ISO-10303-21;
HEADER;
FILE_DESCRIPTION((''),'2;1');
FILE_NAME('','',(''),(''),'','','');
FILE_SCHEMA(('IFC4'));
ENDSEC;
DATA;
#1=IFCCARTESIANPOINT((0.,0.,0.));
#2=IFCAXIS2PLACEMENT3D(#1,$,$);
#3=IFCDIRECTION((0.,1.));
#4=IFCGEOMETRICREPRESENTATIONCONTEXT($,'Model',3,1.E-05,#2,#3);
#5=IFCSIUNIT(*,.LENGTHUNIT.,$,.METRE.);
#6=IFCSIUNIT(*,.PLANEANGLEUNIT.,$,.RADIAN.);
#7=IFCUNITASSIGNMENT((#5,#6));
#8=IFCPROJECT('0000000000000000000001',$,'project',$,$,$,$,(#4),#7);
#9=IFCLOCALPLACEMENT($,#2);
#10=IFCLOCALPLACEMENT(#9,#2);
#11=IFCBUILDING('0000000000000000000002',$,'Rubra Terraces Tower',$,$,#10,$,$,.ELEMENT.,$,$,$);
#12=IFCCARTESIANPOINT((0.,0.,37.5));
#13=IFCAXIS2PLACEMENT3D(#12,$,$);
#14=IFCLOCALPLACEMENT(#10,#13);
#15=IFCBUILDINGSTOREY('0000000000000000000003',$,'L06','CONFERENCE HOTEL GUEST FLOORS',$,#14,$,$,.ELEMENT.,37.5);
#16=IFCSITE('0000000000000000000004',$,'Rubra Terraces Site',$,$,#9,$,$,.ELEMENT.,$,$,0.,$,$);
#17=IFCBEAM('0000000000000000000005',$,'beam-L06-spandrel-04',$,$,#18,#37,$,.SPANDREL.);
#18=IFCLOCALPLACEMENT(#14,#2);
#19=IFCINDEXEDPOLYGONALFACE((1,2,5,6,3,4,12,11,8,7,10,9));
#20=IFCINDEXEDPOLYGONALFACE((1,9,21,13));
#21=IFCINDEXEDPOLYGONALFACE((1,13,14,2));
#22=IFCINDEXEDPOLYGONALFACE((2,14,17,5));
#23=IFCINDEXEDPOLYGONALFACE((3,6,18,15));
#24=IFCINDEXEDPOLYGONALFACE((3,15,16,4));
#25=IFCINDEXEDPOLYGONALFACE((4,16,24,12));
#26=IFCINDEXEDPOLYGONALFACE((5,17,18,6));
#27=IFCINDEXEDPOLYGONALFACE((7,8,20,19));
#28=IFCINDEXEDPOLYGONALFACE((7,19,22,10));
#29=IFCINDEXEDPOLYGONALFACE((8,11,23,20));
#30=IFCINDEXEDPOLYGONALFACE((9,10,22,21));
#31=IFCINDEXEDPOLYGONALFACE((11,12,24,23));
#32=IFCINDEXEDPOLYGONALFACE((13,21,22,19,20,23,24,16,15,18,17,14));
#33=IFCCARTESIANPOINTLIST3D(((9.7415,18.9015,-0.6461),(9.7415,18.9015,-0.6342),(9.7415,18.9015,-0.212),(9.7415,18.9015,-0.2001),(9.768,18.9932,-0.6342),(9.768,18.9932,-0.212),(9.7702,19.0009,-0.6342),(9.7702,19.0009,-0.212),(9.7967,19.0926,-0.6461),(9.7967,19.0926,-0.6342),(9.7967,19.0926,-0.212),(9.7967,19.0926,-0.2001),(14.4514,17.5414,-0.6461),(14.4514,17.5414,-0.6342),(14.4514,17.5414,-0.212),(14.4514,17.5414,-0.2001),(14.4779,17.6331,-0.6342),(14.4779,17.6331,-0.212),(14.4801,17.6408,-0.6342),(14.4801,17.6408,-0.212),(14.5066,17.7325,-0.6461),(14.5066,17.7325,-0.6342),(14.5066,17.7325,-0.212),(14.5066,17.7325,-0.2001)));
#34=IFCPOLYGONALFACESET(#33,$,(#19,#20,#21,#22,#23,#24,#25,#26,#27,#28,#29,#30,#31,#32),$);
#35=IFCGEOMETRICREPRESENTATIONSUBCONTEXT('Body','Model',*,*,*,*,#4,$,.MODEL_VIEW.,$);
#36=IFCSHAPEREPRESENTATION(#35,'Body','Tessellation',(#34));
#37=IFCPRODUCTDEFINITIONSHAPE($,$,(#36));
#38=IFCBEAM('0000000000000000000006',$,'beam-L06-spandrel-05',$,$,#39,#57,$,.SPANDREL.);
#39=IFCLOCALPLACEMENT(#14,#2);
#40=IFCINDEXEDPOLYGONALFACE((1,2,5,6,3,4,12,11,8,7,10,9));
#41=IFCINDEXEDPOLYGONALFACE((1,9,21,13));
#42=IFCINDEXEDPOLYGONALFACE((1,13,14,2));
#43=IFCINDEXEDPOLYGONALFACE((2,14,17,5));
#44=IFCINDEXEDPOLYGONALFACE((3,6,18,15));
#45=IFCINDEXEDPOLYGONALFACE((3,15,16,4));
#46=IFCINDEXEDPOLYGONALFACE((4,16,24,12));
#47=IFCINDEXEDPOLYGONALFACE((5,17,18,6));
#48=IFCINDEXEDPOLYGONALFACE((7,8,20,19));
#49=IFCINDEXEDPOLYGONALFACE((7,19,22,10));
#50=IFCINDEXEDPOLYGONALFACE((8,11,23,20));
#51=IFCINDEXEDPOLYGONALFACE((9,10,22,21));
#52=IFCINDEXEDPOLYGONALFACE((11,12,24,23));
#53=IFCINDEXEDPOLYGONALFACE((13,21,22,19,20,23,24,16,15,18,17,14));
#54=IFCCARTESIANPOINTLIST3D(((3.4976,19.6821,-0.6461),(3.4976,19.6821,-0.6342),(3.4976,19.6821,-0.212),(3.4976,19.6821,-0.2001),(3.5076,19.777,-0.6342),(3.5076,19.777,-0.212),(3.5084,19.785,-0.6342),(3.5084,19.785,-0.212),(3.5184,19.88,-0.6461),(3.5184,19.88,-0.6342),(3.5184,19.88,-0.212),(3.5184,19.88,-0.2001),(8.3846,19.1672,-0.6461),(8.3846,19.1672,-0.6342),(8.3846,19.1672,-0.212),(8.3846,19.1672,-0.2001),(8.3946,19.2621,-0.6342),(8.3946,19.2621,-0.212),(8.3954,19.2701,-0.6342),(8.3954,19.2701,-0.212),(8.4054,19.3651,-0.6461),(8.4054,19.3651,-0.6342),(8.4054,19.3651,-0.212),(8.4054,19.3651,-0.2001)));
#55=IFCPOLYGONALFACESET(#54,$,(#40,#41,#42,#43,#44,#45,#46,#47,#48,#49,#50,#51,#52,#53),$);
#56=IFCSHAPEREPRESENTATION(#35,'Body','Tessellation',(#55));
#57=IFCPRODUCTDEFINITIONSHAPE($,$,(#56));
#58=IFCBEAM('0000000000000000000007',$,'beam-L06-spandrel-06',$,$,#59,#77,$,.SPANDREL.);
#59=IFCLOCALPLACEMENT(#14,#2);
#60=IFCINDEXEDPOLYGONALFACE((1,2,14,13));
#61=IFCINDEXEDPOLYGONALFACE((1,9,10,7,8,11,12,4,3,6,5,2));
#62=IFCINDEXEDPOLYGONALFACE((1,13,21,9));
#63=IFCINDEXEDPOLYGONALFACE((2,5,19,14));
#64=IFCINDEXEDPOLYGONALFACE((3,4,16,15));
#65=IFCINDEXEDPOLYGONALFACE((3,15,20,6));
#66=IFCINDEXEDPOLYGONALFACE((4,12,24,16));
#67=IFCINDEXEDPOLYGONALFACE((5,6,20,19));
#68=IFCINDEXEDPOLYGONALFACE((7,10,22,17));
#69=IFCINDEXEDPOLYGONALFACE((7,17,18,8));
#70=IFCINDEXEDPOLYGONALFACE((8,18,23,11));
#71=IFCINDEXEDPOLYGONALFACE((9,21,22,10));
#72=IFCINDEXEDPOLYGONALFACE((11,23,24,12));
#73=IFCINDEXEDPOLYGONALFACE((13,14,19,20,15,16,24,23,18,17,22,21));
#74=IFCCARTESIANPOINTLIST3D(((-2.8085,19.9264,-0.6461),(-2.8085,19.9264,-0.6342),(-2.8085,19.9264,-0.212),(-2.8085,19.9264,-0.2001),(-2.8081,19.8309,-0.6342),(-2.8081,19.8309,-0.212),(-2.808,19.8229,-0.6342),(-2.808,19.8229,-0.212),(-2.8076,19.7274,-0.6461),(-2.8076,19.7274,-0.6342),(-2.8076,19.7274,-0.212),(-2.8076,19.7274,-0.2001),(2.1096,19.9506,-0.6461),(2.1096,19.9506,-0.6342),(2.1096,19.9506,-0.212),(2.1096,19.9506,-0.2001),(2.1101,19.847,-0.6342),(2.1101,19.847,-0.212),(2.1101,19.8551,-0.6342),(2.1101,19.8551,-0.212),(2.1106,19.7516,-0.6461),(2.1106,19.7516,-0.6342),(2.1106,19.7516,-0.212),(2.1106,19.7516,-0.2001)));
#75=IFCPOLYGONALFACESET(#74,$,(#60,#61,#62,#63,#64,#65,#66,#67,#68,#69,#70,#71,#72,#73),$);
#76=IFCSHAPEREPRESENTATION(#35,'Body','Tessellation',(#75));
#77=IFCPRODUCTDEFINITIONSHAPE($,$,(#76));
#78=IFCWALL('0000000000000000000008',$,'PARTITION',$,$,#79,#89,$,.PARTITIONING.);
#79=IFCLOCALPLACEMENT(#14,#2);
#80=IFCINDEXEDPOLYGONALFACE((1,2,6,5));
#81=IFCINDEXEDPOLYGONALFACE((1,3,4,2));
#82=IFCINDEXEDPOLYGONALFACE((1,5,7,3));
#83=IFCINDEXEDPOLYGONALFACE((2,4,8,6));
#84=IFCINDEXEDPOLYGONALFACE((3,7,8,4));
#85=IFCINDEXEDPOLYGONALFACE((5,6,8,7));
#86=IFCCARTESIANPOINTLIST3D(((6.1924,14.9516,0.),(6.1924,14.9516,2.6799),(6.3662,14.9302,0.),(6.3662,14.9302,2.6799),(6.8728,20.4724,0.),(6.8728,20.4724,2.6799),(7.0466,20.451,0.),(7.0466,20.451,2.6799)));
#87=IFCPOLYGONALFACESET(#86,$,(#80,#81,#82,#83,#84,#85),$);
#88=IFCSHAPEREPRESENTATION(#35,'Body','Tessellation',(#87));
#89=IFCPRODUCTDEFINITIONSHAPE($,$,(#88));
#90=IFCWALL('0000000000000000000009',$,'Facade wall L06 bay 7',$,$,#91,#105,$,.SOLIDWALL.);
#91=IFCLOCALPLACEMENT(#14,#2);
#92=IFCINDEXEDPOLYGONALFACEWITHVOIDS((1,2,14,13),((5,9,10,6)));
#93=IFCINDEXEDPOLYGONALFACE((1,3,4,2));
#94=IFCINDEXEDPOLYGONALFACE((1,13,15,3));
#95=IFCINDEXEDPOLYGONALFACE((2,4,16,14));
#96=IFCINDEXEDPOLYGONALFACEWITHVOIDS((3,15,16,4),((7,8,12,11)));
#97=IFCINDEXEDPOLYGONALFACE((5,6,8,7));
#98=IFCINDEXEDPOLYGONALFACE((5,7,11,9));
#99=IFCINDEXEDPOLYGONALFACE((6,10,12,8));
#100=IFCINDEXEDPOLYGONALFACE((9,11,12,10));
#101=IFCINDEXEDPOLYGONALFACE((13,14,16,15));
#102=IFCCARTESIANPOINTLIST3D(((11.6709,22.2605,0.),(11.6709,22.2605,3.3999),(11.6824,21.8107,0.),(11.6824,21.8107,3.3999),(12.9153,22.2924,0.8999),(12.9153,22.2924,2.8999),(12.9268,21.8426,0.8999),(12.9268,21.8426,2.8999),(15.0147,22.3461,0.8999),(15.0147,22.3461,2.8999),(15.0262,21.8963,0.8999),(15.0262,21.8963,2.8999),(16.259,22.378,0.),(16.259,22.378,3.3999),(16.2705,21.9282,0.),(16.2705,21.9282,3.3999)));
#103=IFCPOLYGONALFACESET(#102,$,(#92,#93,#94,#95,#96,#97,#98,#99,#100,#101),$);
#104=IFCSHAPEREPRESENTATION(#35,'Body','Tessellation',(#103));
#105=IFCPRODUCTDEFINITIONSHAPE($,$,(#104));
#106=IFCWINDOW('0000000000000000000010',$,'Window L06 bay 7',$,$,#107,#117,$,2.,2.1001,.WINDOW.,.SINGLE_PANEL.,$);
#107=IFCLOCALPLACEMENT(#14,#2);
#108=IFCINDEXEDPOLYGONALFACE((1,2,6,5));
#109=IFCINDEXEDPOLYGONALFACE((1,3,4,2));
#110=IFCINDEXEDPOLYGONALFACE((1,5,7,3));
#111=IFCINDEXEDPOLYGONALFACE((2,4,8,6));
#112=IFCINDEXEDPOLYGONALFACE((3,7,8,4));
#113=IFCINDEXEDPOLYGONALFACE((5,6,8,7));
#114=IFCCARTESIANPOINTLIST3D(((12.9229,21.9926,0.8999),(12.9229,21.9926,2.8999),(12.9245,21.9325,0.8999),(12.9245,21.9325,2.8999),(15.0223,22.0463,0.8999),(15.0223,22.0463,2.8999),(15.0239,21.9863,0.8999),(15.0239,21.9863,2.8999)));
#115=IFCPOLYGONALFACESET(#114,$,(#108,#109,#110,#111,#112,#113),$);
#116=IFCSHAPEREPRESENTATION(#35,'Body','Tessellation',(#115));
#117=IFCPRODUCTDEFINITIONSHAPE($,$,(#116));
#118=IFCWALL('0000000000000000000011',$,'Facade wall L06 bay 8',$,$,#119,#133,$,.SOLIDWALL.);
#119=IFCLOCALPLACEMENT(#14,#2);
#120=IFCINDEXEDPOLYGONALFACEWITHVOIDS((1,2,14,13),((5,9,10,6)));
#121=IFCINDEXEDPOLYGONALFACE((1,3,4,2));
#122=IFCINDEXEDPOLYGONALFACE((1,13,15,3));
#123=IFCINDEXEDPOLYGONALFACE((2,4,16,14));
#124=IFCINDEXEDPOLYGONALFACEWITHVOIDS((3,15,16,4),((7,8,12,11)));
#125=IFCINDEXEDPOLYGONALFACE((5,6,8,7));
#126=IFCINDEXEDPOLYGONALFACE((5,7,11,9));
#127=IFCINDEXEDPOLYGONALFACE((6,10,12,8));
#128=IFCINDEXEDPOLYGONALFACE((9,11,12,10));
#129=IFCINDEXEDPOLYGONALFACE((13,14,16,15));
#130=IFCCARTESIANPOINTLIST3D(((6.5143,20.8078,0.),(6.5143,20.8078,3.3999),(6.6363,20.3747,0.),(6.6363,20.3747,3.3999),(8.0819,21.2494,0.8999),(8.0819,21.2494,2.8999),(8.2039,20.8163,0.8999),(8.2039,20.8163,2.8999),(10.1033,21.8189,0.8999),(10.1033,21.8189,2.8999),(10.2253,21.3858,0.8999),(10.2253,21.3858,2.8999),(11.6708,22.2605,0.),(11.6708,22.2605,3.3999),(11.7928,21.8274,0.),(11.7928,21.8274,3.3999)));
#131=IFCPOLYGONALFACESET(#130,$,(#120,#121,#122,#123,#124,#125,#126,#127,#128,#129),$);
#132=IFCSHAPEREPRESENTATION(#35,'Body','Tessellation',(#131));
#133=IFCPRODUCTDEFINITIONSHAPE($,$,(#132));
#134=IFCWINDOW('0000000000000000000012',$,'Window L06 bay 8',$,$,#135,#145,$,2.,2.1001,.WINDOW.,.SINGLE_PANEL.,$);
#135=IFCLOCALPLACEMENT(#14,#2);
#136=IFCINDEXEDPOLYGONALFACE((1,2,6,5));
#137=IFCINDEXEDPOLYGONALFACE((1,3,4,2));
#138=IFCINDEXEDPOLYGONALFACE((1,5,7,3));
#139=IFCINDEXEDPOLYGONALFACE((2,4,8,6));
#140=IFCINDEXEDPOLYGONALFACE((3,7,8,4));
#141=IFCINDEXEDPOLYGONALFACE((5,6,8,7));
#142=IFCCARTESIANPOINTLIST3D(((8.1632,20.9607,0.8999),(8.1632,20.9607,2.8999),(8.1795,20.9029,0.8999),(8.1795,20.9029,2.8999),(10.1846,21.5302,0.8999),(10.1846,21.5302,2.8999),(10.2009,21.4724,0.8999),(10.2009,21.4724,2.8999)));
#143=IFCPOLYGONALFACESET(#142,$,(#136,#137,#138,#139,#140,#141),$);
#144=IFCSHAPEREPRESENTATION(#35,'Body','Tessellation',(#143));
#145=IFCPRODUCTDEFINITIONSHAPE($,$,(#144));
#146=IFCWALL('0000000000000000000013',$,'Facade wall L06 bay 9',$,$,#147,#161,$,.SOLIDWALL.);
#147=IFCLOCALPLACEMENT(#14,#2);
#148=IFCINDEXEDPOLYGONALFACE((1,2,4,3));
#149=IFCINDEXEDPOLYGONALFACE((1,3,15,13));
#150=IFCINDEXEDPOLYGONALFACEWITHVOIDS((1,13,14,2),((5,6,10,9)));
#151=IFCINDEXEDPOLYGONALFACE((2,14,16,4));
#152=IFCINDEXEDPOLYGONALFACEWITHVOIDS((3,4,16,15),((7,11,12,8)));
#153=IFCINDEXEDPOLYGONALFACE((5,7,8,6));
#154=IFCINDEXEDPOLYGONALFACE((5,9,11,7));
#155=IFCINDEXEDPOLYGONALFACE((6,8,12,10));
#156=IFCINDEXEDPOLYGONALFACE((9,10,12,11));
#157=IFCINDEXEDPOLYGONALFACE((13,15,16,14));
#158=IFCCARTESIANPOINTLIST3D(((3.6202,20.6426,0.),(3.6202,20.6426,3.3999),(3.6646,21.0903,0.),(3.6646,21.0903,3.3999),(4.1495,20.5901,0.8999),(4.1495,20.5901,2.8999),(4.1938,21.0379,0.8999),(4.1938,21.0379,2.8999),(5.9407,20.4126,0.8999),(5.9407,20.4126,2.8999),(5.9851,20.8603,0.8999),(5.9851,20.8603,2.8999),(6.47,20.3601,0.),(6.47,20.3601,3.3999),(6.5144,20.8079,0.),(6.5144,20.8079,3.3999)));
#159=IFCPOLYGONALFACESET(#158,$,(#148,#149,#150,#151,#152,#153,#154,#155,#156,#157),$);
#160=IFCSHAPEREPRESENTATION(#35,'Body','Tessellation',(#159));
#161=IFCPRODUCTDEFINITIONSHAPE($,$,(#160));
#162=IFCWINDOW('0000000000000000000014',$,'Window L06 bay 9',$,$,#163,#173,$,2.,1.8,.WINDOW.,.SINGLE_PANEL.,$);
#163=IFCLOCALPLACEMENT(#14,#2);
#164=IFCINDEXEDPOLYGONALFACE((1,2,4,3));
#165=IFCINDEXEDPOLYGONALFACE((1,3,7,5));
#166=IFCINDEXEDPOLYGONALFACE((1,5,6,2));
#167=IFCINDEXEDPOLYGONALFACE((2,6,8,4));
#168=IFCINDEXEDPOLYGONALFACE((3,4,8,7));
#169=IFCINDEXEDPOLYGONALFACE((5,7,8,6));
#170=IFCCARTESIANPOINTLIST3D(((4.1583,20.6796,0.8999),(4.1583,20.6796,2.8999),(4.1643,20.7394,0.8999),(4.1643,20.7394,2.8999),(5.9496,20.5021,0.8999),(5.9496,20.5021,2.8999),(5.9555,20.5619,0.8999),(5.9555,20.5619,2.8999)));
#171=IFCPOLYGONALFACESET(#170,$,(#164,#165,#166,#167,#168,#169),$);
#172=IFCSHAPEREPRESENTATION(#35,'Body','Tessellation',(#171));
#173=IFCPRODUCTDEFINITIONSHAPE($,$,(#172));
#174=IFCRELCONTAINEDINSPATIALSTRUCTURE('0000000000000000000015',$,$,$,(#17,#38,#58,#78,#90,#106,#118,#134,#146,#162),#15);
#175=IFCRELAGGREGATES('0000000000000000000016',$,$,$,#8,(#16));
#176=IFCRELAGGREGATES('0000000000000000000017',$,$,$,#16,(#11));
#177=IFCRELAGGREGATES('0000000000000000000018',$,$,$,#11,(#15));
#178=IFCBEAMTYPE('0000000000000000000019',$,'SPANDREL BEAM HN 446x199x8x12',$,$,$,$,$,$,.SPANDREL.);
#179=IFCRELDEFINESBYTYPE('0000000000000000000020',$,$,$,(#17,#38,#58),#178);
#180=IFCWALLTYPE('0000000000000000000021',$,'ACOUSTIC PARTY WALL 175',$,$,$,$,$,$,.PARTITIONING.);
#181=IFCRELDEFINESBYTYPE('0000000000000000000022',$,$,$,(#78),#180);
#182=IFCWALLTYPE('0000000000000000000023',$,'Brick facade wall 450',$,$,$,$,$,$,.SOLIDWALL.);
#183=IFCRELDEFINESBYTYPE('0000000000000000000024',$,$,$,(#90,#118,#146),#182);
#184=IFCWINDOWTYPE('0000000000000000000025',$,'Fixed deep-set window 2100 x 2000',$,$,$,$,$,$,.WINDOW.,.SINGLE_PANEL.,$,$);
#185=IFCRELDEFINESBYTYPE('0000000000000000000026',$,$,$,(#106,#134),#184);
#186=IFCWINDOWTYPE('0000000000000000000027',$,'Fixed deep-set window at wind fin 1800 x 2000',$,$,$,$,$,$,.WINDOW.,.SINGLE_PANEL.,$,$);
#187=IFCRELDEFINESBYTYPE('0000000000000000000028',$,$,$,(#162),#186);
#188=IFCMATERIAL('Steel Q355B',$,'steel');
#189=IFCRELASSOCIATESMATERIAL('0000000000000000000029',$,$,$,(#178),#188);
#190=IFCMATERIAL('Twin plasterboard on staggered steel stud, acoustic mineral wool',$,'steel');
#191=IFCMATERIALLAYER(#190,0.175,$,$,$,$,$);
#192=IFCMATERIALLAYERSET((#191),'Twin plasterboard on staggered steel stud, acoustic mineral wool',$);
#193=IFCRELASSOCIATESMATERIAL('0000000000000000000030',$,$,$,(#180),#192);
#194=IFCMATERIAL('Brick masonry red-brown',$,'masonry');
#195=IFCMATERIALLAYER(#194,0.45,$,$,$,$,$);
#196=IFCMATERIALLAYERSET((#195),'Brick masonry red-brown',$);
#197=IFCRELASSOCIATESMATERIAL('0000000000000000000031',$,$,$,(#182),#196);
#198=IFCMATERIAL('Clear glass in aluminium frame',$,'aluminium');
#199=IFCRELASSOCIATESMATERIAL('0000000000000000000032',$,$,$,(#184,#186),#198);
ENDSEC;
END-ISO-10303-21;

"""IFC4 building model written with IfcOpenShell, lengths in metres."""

from ifc_helpers import new_model, si_unit, direction, frame, frame_2d, origin, origin_2d, place, context, subcontext, project, spatial, rectangle, i_section, extrude, material, layer, layer_set, material_profile, profile_set, type_object, element, fill, save


model = new_model("IFC4")

# Units and contexts
model_context = context("Model", 3, precision=1e-05, world=origin(), true_north=direction((0.0, 1.0)))
body_context = subcontext(model_context, "Body", "Model", "MODEL_VIEW")
ifc_project = project(units=[si_unit("LENGTHUNIT", "METRE"), si_unit("PLANEANGLEUNIT", "RADIAN")], contexts=[model_context])

# Site, building, storey
site_placement = place(None, origin())
site = spatial("IfcSite", under=ifc_project, at=site_placement, Name="Rubra Terraces Site", CompositionType="ELEMENT", RefElevation=0.0)
building_placement = place(site_placement, origin())
building = spatial("IfcBuilding", under=site, at=building_placement, Name="Rubra Terraces Tower", CompositionType="ELEMENT")
storey_placement = place(building_placement, frame((0.0, 0.0, 37.5)))
storey = spatial("IfcBuildingStorey", under=building, at=storey_placement, Name="L06", Description="CONFERENCE HOTEL GUEST FLOORS", CompositionType="ELEMENT", Elevation=37.5)

# Beams
ifc_material_1 = material(Name="Steel Q355B", Category="steel")
ifc_material_profile_1 = material_profile(ifc_material_1, i_section(OverallWidth=0.199, OverallDepth=0.446, WebThickness=0.0081, FlangeThickness=0.012, at=origin_2d()), Name="HN 446x199x8x12")
ifc_profile_set_1 = profile_set([ifc_material_profile_1], Name="Steel Q355B")
beam_type_1 = type_object("IfcBeamType", Name="SPANDREL BEAM HN 446x199x8x12", PredefinedType="SPANDREL", material=ifc_profile_set_1)
beam_1_placement = place(storey_placement, frame((14.479, 17.637, -0.4231), z_axis=(-0.960744, 0.277436, 0.0), x_axis=(-0.277436, -0.960744, 0.0)))
element("IfcBeam", 1, at=beam_1_placement, inside=storey, type_object=beam_type_1, Name="beam-L06-spandrel-04", PredefinedType="SPANDREL", context=body_context, shape_type="SweptSolid", body=[
    extrude(i_section(OverallWidth=0.199, OverallDepth=0.446, WebThickness=0.0081, FlangeThickness=0.012, at=origin_2d()), origin(), (0.0, 0.0, 1.0), 4.9023),
])
beam_2_placement = place(storey_placement, frame((8.395, 19.2661, -0.4231), z_axis=(-0.994495, 0.10478, 0.0), x_axis=(-0.10478, -0.994495, 0.0)))
element("IfcBeam", 2, at=beam_2_placement, inside=storey, type_object=beam_type_1, Name="beam-L06-spandrel-05", PredefinedType="SPANDREL", context=body_context, shape_type="SweptSolid", body=[
    extrude(i_section(OverallWidth=0.199, OverallDepth=0.446, WebThickness=0.0081, FlangeThickness=0.012, at=origin_2d()), origin(), (0.0, 0.0, 1.0), 4.9141),
])
beam_3_placement = place(storey_placement, frame((2.1101, 19.8511, -0.4231), z_axis=(-0.999988, -0.004914, 0.0), x_axis=(0.004914, -0.999988, 0.0)))
element("IfcBeam", 3, at=beam_3_placement, inside=storey, type_object=beam_type_1, Name="beam-L06-spandrel-06", PredefinedType="SPANDREL", context=body_context, shape_type="SweptSolid", body=[
    extrude(i_section(OverallWidth=0.199, OverallDepth=0.446, WebThickness=0.0081, FlangeThickness=0.012, at=origin_2d()), origin(), (0.0, 0.0, 1.0), 4.9182),
])

# Wall
ifc_material_2 = material(Name="Twin plasterboard on staggered steel stud, acoustic mineral wool", Category="steel")
ifc_layer_1 = layer(ifc_material_2, 0.175)
ifc_layer_set_1 = layer_set([ifc_layer_1], Name="Twin plasterboard on staggered steel stud, acoustic mineral wool")
wall_type_1 = type_object("IfcWallType", Name="ACOUSTIC PARTY WALL 175", PredefinedType="PARTITIONING", material=ifc_layer_set_1)
wall_1_placement = place(storey_placement, frame((6.9597, 20.4617, 0.0), z_axis=(0.0, 0.0, 1.0), x_axis=(-0.122322, -0.99249, 0.0)))
element("IfcWall", 4, at=wall_1_placement, inside=storey, type_object=wall_type_1, Name="PARTITION", PredefinedType="PARTITIONING", context=body_context, shape_type="SweptSolid", body=[
    extrude(rectangle(XDim=5.5625, YDim=0.175, at=frame_2d((2.7812, 0.0))), origin(), (0.0, 0.0, 1.0), 2.6799),
])

# Walls, openings, windows
ifc_material_3 = material(Name="Brick masonry red-brown", Category="masonry")
ifc_layer_2 = layer(ifc_material_3, 0.45)
ifc_layer_set_2 = layer_set([ifc_layer_2], Name="Brick masonry red-brown")
wall_type_2 = type_object("IfcWallType", Name="Brick facade wall 450", PredefinedType="SOLIDWALL", material=ifc_layer_set_2)
wall_2_placement = place(storey_placement, frame((16.2649, 22.1531, 0.0), z_axis=(0.0, 0.0, 1.0), x_axis=(-0.999673, -0.025586, 0.0)))
wall_2 = element("IfcWall", 5, at=wall_2_placement, inside=storey, type_object=wall_type_2, Name="Facade wall L06 bay 7", PredefinedType="SOLIDWALL", context=body_context, shape_type="SweptSolid", body=[
    extrude(rectangle(XDim=4.5896, YDim=0.45, at=frame_2d((2.2949, 0.0))), origin(), (0.0, 0.0, 1.0), 3.3999),
])
opening_1_placement = place(wall_2_placement, frame((1.2449, 0.0, 0.8999)))
opening_1 = element("IfcOpeningElement", 6, at=opening_1_placement, cuts=wall_2, PredefinedType="OPENING", context=body_context, shape_type="SweptSolid", body=[
    extrude(rectangle(XDim=2.1001, YDim=2.0, at=frame_2d((1.05, 1.0))), frame((0.0, 0.2349, 0.0), z_axis=(0.0, -1.0, 0.0), x_axis=(1.0, 0.0, 0.0)), (0.0, 0.0, 1.0), 0.47),
])
ifc_material_4 = material(Name="Clear glass in aluminium frame", Category="aluminium")
window_type_1 = type_object("IfcWindowType", Name="Fixed deep-set window 2100 x 2000", PartitioningType="SINGLE_PANEL", PredefinedType="WINDOW", material=ifc_material_4)
window_1_placement = place(opening_1_placement, origin())
window_1 = element("IfcWindow", 7, at=window_1_placement, inside=storey, type_object=window_type_1, Name="Window L06 bay 7", OverallHeight=2.0, OverallWidth=2.1001, PartitioningType="SINGLE_PANEL", PredefinedType="WINDOW", context=body_context, shape_type="SweptSolid", body=[
    extrude(rectangle(XDim=2.1001, YDim=2.0, at=frame_2d((1.05, 1.0))), frame((0.0, 0.135, 0.0), z_axis=(0.0, -1.0, 0.0), x_axis=(1.0, 0.0, 0.0)), (0.0, 0.0, 1.0), 0.0601),
])
fill(opening_1, window_1)
wall_3_placement = place(storey_placement, frame((11.7319, 22.0439, 0.0), z_axis=(0.0, 0.0, 1.0), x_axis=(-0.962535, -0.271156, 0.0)))
wall_3 = element("IfcWall", 8, at=wall_3_placement, inside=storey, type_object=wall_type_2, Name="Facade wall L06 bay 8", PredefinedType="SOLIDWALL", context=body_context, shape_type="SweptSolid", body=[
    extrude(rectangle(XDim=5.3572, YDim=0.45, at=frame_2d((2.6787, 0.0))), origin(), (0.0, 0.0, 1.0), 3.3999),
])
opening_2_placement = place(wall_3_placement, frame((1.6287, 0.0, 0.8999)))
opening_2 = element("IfcOpeningElement", 9, at=opening_2_placement, cuts=wall_3, PredefinedType="OPENING", context=body_context, shape_type="SweptSolid", body=[
    extrude(rectangle(XDim=2.1001, YDim=2.0, at=frame_2d((1.05, 1.0))), frame((0.0, 0.2349, 0.0), z_axis=(0.0, -1.0, 0.0), x_axis=(1.0, 0.0, 0.0)), (0.0, 0.0, 1.0), 0.47),
])
window_2_placement = place(opening_2_placement, origin())
window_2 = element("IfcWindow", 10, at=window_2_placement, inside=storey, type_object=window_type_1, Name="Window L06 bay 8", OverallHeight=2.0, OverallWidth=2.1001, PartitioningType="SINGLE_PANEL", PredefinedType="WINDOW", context=body_context, shape_type="SweptSolid", body=[
    extrude(rectangle(XDim=2.1001, YDim=2.0, at=frame_2d((1.05, 1.0))), frame((0.0, 0.135, 0.0), z_axis=(0.0, -1.0, 0.0), x_axis=(1.0, 0.0, 0.0)), (0.0, 0.0, 1.0), 0.0601),
])
fill(opening_2, window_2)
wall_4_placement = place(storey_placement, frame((6.4922, 20.584, 0.0), z_axis=(0.0, 0.0, 1.0), x_axis=(-0.995124, 0.098634, 0.0)))
wall_4 = element("IfcWall", 11, at=wall_4_placement, inside=storey, type_object=wall_type_2, Name="Facade wall L06 bay 9", PredefinedType="SOLIDWALL", context=body_context, shape_type="SweptSolid", body=[
    extrude(rectangle(XDim=2.8638, YDim=0.45, at=frame_2d((1.4319, 0.0))), origin(), (0.0, 0.0, 1.0), 3.3999),
])
opening_3_placement = place(wall_4_placement, frame((0.532, 0.0, 0.8999)))
opening_3 = element("IfcOpeningElement", 12, at=opening_3_placement, cuts=wall_4, PredefinedType="OPENING", context=body_context, shape_type="SweptSolid", body=[
    extrude(rectangle(XDim=1.8, YDim=2.0, at=frame_2d((0.8999, 1.0))), frame((0.0, 0.2349, 0.0), z_axis=(0.0, -1.0, 0.0), x_axis=(1.0, 0.0, 0.0)), (0.0, 0.0, 1.0), 0.47),
])
window_type_2 = type_object("IfcWindowType", Name="Fixed deep-set window at wind fin 1800 x 2000", PartitioningType="SINGLE_PANEL", PredefinedType="WINDOW", material=ifc_material_4)
window_3_placement = place(opening_3_placement, origin())
window_3 = element("IfcWindow", 13, at=window_3_placement, inside=storey, type_object=window_type_2, Name="Window L06 bay 9", OverallHeight=2.0, OverallWidth=1.8, PartitioningType="SINGLE_PANEL", PredefinedType="WINDOW", context=body_context, shape_type="SweptSolid", body=[
    extrude(rectangle(XDim=1.8, YDim=2.0, at=frame_2d((0.8999, 1.0))), frame((0.0, 0.135, 0.0), z_axis=(0.0, -1.0, 0.0), x_axis=(1.0, 0.0, 0.0)), (0.0, 0.0, 1.0), 0.0601),
])
fill(opening_3, window_3)

save(model, "model.ifc")
